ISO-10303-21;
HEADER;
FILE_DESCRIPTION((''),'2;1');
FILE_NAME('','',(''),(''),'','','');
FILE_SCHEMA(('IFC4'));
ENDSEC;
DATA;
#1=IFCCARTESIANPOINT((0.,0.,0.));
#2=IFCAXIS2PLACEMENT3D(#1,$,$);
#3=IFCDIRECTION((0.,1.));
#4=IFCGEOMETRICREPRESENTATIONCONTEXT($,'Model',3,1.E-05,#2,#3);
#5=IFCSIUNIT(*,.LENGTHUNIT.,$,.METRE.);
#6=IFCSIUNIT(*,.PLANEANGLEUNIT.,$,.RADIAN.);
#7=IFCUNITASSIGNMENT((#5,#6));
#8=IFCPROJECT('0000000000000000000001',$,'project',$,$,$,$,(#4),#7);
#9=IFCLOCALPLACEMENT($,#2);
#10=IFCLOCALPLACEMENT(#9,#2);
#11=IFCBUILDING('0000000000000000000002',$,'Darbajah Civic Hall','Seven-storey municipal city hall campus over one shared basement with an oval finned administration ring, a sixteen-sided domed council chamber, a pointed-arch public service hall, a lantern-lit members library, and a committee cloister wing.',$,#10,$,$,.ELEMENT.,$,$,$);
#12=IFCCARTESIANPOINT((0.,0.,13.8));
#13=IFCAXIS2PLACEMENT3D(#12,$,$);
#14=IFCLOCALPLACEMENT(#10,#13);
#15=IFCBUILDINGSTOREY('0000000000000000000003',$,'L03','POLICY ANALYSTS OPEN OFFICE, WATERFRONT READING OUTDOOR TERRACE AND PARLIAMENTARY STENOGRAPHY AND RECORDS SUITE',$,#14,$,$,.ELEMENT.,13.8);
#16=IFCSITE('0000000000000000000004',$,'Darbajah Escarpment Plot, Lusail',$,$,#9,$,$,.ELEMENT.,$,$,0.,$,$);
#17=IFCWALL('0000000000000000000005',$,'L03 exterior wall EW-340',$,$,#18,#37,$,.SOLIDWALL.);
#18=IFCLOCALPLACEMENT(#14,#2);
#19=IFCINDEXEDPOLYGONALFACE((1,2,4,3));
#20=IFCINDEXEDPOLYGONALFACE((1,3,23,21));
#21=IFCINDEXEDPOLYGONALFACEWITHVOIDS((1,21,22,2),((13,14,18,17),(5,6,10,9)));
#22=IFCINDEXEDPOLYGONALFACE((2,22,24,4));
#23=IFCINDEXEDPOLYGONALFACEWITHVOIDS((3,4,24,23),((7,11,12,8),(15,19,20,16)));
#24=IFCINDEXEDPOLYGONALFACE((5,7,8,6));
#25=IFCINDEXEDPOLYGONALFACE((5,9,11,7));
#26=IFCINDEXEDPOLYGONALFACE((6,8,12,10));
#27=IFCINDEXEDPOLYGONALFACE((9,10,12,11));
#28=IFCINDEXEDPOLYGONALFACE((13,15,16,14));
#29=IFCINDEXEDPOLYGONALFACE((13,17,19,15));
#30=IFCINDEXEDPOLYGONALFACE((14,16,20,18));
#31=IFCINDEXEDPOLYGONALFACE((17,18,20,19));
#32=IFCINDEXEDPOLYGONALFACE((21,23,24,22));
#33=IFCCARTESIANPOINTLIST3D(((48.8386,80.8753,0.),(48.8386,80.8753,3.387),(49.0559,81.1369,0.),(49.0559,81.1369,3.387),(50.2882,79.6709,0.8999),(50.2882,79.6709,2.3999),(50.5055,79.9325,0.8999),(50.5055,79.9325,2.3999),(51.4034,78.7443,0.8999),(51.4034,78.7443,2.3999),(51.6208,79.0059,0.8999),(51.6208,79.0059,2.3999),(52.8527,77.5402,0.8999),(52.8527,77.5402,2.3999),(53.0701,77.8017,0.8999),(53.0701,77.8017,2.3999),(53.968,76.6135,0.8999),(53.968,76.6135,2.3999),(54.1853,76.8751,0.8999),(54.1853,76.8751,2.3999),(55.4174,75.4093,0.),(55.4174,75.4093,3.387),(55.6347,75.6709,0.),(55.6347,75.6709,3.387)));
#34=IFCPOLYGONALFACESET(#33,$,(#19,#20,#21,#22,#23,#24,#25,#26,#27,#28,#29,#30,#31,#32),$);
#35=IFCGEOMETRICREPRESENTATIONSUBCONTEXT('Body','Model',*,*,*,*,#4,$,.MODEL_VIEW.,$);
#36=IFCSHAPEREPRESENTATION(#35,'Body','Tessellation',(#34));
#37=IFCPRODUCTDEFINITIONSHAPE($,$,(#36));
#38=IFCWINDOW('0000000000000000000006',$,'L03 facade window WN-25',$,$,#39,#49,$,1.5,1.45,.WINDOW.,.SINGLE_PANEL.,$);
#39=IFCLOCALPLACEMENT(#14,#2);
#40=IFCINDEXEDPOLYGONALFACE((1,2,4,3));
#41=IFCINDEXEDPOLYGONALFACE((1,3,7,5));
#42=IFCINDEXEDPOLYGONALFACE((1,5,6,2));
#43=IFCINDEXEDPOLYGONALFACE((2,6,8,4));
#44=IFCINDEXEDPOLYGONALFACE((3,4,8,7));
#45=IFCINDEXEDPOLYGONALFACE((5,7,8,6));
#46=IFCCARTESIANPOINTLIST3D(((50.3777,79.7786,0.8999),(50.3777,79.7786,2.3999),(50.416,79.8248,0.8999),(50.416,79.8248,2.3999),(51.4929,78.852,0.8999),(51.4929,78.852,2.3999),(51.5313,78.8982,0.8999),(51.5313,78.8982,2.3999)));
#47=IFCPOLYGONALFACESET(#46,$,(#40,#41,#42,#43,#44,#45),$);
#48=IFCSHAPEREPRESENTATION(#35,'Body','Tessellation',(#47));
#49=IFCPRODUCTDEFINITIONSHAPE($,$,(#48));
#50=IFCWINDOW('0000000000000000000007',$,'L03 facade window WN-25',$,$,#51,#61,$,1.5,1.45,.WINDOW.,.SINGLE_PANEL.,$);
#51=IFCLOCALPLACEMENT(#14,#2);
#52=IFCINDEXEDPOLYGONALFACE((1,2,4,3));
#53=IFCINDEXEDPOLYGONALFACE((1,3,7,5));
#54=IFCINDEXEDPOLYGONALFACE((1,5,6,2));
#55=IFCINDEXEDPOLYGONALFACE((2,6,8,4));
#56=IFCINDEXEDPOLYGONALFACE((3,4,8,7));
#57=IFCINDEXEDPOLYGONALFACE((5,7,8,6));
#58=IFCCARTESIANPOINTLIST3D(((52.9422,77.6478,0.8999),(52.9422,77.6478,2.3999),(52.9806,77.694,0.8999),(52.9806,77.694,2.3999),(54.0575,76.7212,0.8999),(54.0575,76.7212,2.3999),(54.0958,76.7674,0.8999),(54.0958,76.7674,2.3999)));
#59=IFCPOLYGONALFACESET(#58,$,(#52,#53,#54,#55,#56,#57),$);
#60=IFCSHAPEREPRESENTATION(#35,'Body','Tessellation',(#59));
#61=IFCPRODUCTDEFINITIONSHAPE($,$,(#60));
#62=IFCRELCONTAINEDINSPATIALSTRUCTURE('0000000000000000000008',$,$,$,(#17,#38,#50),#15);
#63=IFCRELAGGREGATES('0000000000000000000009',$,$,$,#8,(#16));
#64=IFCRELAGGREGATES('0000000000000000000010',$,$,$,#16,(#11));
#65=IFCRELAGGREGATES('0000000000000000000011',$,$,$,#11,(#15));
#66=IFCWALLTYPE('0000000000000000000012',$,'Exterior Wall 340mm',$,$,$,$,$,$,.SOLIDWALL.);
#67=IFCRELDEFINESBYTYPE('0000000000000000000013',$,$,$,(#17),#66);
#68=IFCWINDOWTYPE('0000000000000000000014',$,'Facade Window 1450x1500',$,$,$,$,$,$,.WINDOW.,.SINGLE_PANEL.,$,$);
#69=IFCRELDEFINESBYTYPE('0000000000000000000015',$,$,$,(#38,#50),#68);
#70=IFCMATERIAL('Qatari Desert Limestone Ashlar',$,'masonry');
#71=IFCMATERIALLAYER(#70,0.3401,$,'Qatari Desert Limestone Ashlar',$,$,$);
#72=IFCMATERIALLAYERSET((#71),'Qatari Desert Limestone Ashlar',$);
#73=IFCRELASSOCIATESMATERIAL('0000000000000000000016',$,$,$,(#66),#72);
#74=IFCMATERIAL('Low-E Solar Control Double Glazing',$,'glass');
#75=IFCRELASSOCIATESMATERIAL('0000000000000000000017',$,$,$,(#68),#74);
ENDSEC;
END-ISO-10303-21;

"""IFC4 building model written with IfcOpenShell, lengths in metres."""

from ifc_helpers import new_model, si_unit, direction, frame, frame_2d, origin, place, context, subcontext, project, spatial, rectangle, extrude, material, layer, layer_set, type_object, element, fill, save


model = new_model("IFC4")

# Units and contexts
model_context = context("Model", 3, precision=1e-05, world=origin(), true_north=direction((0.0, 1.0)))
body_context = subcontext(model_context, "Body", "Model", "MODEL_VIEW")
ifc_project = project(units=[si_unit("LENGTHUNIT", "METRE"), si_unit("PLANEANGLEUNIT", "RADIAN")], contexts=[model_context])

# Site, building, storey
site_placement = place(None, origin())
site = spatial("IfcSite", under=ifc_project, at=site_placement, Name="Darbajah Escarpment Plot, Lusail", CompositionType="ELEMENT", RefElevation=0.0)
building_placement = place(site_placement, origin())
building = spatial("IfcBuilding", under=site, at=building_placement, Name="Darbajah Civic Hall", Description="Seven-storey municipal city hall campus over one shared basement with an oval finned administration ring, a sixteen-sided domed council chamber, a pointed-arch public service hall, a lantern-lit members library, and a committee cloister wing.", CompositionType="ELEMENT")
storey_placement = place(building_placement, frame((0.0, 0.0, 13.8)))
storey = spatial("IfcBuildingStorey", under=building, at=storey_placement, Name="L03", Description="POLICY ANALYSTS OPEN OFFICE, WATERFRONT READING OUTDOOR TERRACE AND PARLIAMENTARY STENOGRAPHY AND RECORDS SUITE", CompositionType="ELEMENT", Elevation=13.8)

# Shared definitions
ifc_material_1 = material(Name="Low-E Solar Control Double Glazing", Category="glass")

# Wall, openings, windows
ifc_material_2 = material(Name="Qatari Desert Limestone Ashlar", Category="masonry")
ifc_layer_1 = layer(ifc_material_2, 0.3401, Name="Qatari Desert Limestone Ashlar")
ifc_layer_set_1 = layer_set([ifc_layer_1], Name="Qatari Desert Limestone Ashlar")
wall_type = type_object("IfcWallType", Name="Exterior Wall 340mm", PredefinedType="SOLIDWALL", material=ifc_layer_set_1)
wall_placement = place(storey_placement, frame((48.9473, 81.0061, 0.0), z_axis=(0.0, 0.0, 1.0), x_axis=(0.769159, -0.639058, 0.0)))
wall = element("IfcWall", 1, at=wall_placement, inside=storey, type_object=wall_type, Name="L03 exterior wall EW-340", PredefinedType="SOLIDWALL", context=body_context, shape_type="SweptSolid", body=[
    extrude(rectangle(XDim=8.5532, YDim=0.3401, at=frame_2d((4.2766, 0.0))), origin(), (0.0, 0.0, 1.0), 3.387),
])
opening_1_placement = place(wall_placement, frame((1.8845, 0.0, 0.8999)))
opening_1 = element("IfcOpeningElement", 2, at=opening_1_placement, cuts=wall, PredefinedType="OPENING", context=body_context, shape_type="SweptSolid", body=[
    extrude(rectangle(XDim=1.45, YDim=1.5, at=frame_2d((0.7251, 0.75))), frame((0.0, 0.1799, 0.0), z_axis=(0.0, -1.0, 0.0), x_axis=(1.0, 0.0, 0.0)), (0.0, 0.0, 1.0), 0.3601),
])
opening_2_placement = place(wall_placement, frame((5.2188, 0.0, 0.8999)))
opening_2 = element("IfcOpeningElement", 3, at=opening_2_placement, cuts=wall, PredefinedType="OPENING", context=body_context, shape_type="SweptSolid", body=[
    extrude(rectangle(XDim=1.45, YDim=1.5, at=frame_2d((0.7251, 0.75))), frame((0.0, 0.1799, 0.0), z_axis=(0.0, -1.0, 0.0), x_axis=(1.0, 0.0, 0.0)), (0.0, 0.0, 1.0), 0.3601),
])
window_type = type_object("IfcWindowType", Name="Facade Window 1450x1500", PartitioningType="SINGLE_PANEL", PredefinedType="WINDOW", material=ifc_material_1)
window_1_placement = place(opening_1_placement, origin())
window_1 = element("IfcWindow", 4, at=window_1_placement, inside=storey, type_object=window_type, Name="L03 facade window WN-25", OverallHeight=1.5, OverallWidth=1.45, PartitioningType="SINGLE_PANEL", PredefinedType="WINDOW", context=body_context, shape_type="SweptSolid", body=[
    extrude(rectangle(XDim=1.45, YDim=1.5, at=frame_2d((0.7251, 0.75))), frame((0.0, 0.03, 0.0), z_axis=(0.0, -1.0, 0.0), x_axis=(1.0, 0.0, 0.0)), (0.0, 0.0, 1.0), 0.0601),
])
fill(opening_1, window_1)
window_2_placement = place(opening_2_placement, origin())
window_2 = element("IfcWindow", 5, at=window_2_placement, inside=storey, type_object=window_type, Name="L03 facade window WN-25", OverallHeight=1.5, OverallWidth=1.45, PartitioningType="SINGLE_PANEL", PredefinedType="WINDOW", context=body_context, shape_type="SweptSolid", body=[
    extrude(rectangle(XDim=1.45, YDim=1.5, at=frame_2d((0.7251, 0.75))), frame((0.0, 0.03, 0.0), z_axis=(0.0, -1.0, 0.0), x_axis=(1.0, 0.0, 0.0)), (0.0, 0.0, 1.0), 0.0601),
])
fill(opening_2, window_2)

save(model, "model.ifc")
